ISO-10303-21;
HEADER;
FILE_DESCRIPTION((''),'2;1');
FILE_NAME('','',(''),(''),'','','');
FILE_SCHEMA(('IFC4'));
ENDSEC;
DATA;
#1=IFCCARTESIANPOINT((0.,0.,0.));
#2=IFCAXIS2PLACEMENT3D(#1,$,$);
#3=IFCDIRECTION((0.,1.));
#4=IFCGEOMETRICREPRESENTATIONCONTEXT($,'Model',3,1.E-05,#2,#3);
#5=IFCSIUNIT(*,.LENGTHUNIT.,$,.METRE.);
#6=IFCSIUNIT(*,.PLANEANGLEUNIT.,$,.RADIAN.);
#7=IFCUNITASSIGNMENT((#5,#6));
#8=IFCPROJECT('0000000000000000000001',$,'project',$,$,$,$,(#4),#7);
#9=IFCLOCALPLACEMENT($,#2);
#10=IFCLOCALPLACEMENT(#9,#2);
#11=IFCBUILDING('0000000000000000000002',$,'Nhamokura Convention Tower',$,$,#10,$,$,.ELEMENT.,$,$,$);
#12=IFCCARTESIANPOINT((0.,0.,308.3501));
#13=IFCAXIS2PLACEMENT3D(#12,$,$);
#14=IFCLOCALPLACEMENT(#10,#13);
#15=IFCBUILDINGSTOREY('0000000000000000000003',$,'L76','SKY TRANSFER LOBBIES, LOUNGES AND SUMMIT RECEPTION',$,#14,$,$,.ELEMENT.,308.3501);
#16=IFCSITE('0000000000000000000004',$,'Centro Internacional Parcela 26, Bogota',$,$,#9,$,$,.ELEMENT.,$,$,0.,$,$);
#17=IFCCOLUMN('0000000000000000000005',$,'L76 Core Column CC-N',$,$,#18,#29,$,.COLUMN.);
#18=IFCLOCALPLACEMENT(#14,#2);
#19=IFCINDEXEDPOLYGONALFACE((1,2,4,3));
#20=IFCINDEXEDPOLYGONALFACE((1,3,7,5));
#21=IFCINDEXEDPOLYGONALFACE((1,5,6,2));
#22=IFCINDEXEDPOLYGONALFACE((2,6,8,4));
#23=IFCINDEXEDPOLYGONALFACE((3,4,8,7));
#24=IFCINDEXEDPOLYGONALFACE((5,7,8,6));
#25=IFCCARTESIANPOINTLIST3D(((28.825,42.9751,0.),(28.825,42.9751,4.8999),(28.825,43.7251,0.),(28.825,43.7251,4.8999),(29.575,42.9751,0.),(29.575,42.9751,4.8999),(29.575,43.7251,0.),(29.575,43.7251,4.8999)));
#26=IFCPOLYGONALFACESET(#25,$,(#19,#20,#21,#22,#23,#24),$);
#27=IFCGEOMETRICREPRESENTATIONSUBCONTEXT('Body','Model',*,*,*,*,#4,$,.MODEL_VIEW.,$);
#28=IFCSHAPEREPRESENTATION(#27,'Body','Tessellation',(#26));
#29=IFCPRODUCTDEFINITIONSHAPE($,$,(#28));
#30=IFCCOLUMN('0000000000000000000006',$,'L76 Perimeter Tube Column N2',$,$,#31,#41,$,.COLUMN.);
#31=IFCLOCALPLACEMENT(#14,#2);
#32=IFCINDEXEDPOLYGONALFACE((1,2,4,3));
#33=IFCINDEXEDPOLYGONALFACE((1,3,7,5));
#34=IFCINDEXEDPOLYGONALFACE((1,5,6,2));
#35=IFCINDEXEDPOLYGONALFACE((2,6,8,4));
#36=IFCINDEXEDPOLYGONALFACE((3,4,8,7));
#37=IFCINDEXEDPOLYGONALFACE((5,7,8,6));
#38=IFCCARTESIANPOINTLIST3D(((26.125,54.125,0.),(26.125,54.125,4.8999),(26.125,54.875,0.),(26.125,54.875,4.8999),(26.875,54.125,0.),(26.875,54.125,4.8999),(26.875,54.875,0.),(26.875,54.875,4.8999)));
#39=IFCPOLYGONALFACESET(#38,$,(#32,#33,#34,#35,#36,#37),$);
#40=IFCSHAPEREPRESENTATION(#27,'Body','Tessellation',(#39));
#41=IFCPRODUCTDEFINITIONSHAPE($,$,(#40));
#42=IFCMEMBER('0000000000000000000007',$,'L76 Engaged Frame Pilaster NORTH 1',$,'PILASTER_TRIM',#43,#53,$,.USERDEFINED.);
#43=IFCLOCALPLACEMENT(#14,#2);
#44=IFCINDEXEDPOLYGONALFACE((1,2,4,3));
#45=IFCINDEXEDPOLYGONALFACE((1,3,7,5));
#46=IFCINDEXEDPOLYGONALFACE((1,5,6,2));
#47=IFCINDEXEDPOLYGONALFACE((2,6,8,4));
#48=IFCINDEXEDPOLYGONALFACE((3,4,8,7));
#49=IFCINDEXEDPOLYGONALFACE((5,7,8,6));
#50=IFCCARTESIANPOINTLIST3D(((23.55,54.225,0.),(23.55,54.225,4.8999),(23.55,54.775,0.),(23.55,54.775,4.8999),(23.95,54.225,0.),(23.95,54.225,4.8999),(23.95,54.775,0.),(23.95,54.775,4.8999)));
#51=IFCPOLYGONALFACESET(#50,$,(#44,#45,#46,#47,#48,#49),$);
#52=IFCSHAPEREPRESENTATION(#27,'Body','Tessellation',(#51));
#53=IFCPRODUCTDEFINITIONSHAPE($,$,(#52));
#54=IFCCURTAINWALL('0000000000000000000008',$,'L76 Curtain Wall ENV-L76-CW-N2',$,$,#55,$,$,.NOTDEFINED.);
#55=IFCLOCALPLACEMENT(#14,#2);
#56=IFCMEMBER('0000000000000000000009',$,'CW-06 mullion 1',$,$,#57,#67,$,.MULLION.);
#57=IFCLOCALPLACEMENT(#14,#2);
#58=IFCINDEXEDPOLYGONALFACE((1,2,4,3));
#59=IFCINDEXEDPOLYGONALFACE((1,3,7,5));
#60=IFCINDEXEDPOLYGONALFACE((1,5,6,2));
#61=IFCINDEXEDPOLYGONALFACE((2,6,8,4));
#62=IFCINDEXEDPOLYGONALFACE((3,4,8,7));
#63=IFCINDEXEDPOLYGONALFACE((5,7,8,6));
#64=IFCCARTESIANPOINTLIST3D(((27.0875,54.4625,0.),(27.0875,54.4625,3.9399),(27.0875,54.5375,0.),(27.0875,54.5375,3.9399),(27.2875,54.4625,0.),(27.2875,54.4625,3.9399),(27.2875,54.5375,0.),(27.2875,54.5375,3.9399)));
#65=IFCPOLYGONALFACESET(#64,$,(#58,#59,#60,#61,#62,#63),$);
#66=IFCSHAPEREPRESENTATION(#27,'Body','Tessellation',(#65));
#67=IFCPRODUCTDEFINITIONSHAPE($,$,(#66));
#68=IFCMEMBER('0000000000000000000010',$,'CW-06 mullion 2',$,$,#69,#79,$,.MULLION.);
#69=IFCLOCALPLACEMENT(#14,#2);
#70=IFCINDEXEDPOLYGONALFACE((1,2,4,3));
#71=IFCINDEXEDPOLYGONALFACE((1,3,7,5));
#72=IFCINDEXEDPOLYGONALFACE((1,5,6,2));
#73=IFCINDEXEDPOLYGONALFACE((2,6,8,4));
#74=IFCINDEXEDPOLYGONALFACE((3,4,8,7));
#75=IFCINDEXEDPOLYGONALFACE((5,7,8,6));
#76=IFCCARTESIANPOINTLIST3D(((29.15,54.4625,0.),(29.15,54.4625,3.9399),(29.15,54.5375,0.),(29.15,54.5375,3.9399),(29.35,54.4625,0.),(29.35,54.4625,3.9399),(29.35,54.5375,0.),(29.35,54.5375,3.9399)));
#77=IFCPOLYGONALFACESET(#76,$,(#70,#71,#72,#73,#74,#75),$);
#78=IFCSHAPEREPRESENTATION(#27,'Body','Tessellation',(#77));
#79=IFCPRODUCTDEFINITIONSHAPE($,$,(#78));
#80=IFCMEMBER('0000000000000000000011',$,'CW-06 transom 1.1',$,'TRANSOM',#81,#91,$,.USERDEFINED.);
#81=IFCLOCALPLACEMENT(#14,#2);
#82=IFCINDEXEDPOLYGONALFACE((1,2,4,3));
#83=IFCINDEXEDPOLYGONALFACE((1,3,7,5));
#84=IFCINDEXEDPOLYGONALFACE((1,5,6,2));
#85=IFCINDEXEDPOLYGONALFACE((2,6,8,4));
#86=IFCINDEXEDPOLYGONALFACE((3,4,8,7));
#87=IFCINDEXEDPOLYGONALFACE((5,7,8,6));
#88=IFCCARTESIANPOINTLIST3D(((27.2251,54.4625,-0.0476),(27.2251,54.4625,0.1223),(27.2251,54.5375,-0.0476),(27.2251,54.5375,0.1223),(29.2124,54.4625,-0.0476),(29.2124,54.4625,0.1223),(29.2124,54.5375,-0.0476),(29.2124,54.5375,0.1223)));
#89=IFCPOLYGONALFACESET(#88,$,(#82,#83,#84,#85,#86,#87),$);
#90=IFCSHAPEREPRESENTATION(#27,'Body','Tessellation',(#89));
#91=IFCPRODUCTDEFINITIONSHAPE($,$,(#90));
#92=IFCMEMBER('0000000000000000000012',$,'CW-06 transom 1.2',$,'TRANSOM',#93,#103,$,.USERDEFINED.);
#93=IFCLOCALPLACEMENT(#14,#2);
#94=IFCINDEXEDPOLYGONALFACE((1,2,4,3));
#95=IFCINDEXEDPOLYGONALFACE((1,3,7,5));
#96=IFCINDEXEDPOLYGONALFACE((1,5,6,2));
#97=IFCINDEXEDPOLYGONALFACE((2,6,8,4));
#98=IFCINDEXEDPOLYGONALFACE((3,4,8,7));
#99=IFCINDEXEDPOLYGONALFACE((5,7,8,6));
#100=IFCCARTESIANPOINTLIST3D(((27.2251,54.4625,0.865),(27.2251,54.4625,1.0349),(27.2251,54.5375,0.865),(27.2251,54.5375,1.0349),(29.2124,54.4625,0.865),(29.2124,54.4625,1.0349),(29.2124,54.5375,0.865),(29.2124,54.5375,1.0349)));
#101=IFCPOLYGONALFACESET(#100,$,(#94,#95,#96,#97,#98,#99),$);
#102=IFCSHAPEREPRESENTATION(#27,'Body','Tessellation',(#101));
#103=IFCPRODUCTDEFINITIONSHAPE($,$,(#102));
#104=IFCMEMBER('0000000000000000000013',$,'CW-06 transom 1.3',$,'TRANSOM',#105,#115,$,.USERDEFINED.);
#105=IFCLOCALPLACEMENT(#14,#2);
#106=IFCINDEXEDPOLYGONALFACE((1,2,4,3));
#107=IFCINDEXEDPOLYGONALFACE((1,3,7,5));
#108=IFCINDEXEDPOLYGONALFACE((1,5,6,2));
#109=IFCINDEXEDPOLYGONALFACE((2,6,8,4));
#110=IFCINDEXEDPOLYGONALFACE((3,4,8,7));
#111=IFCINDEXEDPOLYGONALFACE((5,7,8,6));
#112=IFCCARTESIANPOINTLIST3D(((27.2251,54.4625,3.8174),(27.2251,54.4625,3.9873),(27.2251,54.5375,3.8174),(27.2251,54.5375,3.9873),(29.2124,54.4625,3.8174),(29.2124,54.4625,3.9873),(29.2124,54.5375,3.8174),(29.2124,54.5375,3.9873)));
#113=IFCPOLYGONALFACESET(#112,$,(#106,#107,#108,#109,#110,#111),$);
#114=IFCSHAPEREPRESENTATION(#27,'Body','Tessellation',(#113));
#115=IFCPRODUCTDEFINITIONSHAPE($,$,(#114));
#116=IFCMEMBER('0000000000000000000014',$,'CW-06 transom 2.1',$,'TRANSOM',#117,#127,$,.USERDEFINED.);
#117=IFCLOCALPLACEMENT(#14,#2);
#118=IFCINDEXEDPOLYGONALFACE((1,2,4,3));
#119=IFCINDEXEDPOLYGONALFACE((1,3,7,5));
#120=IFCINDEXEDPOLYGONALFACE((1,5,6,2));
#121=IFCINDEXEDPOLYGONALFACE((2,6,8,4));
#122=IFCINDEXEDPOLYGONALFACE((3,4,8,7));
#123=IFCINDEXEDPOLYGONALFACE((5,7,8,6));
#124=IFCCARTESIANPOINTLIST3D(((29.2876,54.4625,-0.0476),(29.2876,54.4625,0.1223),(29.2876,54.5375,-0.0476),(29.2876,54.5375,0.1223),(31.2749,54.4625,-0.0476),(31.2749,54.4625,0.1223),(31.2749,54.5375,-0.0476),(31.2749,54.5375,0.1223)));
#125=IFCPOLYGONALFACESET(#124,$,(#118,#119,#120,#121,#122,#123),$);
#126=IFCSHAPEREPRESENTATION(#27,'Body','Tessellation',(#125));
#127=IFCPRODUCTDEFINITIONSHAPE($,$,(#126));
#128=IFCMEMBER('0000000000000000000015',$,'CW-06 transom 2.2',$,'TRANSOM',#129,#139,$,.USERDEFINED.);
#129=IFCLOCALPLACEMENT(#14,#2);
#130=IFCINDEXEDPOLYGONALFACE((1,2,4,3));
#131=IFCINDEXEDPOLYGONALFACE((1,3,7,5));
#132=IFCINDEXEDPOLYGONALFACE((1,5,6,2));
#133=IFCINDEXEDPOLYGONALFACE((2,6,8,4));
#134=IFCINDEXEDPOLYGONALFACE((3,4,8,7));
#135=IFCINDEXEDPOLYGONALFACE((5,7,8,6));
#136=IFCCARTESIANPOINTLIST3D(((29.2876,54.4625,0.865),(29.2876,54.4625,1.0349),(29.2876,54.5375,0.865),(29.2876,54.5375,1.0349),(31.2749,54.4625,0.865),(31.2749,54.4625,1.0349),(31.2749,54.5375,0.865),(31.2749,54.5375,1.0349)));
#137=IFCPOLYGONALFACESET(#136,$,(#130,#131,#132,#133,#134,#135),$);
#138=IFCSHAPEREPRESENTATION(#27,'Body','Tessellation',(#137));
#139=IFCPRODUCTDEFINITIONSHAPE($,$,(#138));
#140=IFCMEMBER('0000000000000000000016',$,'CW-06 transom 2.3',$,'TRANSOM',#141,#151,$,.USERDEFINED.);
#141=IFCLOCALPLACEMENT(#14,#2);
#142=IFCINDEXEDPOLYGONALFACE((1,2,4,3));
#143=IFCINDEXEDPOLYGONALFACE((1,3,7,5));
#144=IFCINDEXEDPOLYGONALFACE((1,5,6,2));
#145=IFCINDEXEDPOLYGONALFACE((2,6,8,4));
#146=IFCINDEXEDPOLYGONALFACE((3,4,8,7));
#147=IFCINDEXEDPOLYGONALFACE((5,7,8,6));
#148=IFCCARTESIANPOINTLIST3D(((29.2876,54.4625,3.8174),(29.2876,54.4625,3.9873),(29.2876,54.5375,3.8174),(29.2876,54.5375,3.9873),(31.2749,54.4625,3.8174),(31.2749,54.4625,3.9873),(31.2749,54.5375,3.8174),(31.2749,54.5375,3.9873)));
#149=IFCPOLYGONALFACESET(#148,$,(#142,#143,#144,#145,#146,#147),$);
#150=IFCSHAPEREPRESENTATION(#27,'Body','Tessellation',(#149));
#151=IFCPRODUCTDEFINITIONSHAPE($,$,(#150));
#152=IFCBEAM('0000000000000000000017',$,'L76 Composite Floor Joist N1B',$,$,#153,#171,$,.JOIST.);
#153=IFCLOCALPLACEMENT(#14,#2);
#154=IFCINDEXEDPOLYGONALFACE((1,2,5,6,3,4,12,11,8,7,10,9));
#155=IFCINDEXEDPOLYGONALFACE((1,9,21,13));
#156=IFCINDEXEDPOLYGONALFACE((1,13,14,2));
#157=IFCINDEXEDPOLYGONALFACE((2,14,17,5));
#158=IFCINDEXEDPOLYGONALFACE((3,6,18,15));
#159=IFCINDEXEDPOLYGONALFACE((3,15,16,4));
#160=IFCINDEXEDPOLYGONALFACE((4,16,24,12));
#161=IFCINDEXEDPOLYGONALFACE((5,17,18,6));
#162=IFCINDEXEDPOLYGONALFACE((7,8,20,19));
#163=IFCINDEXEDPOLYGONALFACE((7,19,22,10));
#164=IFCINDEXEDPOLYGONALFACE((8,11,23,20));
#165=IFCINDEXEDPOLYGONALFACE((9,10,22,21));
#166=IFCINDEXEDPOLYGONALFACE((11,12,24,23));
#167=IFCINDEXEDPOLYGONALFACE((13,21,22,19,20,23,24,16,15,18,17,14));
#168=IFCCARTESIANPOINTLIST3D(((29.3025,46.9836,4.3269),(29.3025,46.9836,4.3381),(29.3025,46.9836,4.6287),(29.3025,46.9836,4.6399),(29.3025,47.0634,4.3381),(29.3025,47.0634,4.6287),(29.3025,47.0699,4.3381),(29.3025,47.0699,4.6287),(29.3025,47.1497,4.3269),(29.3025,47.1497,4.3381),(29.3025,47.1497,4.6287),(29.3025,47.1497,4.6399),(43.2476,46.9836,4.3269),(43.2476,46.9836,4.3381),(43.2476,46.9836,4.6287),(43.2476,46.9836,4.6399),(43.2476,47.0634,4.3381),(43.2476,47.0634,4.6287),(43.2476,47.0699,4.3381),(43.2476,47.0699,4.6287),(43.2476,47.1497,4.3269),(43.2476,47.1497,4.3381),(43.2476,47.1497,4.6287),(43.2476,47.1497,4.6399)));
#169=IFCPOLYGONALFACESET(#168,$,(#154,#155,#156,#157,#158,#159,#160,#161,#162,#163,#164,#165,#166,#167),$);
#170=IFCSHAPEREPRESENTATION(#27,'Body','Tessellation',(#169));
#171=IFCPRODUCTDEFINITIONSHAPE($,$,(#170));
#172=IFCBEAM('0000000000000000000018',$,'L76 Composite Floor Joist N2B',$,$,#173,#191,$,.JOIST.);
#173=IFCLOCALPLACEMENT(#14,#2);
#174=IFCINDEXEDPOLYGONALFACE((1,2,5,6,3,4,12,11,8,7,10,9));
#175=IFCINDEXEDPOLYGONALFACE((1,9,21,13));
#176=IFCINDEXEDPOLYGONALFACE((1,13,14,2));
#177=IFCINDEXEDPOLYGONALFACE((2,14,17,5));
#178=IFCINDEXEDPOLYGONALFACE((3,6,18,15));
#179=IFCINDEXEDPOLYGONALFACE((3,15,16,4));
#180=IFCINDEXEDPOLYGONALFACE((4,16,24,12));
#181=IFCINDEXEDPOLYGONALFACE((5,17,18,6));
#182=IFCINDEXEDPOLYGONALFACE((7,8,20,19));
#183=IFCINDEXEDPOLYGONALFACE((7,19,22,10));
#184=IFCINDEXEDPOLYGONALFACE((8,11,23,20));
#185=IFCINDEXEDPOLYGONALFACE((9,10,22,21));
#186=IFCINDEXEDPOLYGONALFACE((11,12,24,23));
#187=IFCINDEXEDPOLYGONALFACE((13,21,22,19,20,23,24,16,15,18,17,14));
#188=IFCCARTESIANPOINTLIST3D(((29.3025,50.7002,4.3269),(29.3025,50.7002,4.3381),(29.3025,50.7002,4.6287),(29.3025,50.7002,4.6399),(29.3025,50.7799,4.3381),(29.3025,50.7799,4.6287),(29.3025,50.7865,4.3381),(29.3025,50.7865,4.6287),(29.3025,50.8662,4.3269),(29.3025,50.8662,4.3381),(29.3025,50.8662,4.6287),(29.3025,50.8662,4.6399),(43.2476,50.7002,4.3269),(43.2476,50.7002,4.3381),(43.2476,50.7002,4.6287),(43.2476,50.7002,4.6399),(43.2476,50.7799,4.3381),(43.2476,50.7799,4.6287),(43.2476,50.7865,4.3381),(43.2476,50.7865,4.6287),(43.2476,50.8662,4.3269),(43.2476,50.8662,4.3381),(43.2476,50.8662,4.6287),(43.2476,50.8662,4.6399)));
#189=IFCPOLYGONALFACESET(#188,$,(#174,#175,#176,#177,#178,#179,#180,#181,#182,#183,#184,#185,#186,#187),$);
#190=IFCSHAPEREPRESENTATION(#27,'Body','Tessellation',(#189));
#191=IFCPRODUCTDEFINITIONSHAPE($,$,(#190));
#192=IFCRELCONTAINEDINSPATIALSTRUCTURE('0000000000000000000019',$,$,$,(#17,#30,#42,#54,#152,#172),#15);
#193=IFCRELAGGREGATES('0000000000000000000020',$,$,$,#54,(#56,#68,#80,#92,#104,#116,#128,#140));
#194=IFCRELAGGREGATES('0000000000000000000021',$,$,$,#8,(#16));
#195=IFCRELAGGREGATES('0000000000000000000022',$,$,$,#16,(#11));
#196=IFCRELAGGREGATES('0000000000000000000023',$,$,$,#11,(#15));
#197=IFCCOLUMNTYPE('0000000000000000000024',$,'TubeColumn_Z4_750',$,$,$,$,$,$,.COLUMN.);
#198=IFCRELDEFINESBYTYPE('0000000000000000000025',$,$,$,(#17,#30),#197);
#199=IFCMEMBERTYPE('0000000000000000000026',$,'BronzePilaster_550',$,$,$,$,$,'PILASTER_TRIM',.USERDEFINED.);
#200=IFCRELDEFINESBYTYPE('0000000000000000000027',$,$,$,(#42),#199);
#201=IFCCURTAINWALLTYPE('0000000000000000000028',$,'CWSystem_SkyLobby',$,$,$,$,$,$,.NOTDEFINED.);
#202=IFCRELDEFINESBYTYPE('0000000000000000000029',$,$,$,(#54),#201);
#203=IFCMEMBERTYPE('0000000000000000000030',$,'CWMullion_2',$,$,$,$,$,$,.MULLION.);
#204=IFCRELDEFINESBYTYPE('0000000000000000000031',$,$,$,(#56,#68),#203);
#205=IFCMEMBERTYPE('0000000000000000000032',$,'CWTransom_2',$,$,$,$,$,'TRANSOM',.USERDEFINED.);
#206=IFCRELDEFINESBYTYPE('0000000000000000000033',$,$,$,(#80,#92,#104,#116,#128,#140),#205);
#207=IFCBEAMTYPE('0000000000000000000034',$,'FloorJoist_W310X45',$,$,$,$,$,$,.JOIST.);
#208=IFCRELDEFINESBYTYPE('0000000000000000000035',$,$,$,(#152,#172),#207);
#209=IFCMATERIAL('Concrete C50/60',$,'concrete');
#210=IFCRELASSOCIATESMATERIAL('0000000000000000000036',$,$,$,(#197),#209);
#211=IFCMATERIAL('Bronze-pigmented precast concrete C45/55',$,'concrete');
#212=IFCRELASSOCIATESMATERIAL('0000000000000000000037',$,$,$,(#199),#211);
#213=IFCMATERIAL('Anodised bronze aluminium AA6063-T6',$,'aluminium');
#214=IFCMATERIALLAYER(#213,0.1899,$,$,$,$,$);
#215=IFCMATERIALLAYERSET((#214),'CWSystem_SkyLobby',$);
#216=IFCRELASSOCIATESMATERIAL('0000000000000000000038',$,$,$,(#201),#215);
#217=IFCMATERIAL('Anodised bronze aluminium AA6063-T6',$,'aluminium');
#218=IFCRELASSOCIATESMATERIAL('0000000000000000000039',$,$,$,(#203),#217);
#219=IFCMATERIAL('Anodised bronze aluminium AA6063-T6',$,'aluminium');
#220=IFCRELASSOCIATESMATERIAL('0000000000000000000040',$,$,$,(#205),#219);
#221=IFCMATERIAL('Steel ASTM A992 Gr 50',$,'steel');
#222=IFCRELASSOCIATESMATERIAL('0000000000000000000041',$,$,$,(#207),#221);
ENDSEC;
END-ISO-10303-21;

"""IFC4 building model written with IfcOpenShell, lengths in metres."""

from ifc_helpers import new_model, si_unit, direction, frame, origin, origin_2d, place, context, subcontext, project, spatial, rectangle, i_section, extrude, material, layer, layer_set, material_profile, profile_set, type_object, element, aggregate, save


model = new_model("IFC4")

# Units and contexts
model_context = context("Model", 3, precision=1e-05, world=origin(), true_north=direction((0.0, 1.0)))
body_context = subcontext(model_context, "Body", "Model", "MODEL_VIEW")
ifc_project = project(units=[si_unit("LENGTHUNIT", "METRE"), si_unit("PLANEANGLEUNIT", "RADIAN")], contexts=[model_context])

# Site, building, storey
site_placement = place(None, origin())
site = spatial("IfcSite", under=ifc_project, at=site_placement, Name="Centro Internacional Parcela 26, Bogota", CompositionType="ELEMENT", RefElevation=0.0)
building_placement = place(site_placement, origin())
building = spatial("IfcBuilding", under=site, at=building_placement, Name="Nhamokura Convention Tower", CompositionType="ELEMENT")
storey_placement = place(building_placement, frame((0.0, 0.0, 308.3501)))
storey = spatial("IfcBuildingStorey", under=building, at=storey_placement, Name="L76", Description="SKY TRANSFER LOBBIES, LOUNGES AND SUMMIT RECEPTION", CompositionType="ELEMENT", Elevation=308.3501)

# Columns
ifc_material_1 = material(Name="Concrete C50/60", Category="concrete")
ifc_material_profile_1 = material_profile(ifc_material_1, rectangle(XDim=0.75, YDim=0.75, at=origin_2d()))
ifc_profile_set_1 = profile_set([ifc_material_profile_1], Name="Concrete C50/60")
column_type = type_object("IfcColumnType", Name="TubeColumn_Z4_750", PredefinedType="COLUMN", material=ifc_profile_set_1)
for number, where, z_axis, x_axis, name in (
    (1, (29.2, 43.3501, 0.0), (0.0, 0.0, 1.0), (1.0, 0.0, 0.0), "L76 Core Column CC-N"),
    (2, (26.5, 54.5, 0.0), (0.0, 0.0, 1.0), (1.0, 0.0, 0.0), "L76 Perimeter Tube Column N2"),
):
    element("IfcColumn", number, at=place(storey_placement, frame(where, z_axis=z_axis, x_axis=x_axis)), inside=storey, type_object=column_type, Name=name, PredefinedType="COLUMN", context=body_context, shape_type="SweptSolid", body=[
        extrude(rectangle(XDim=0.75, YDim=0.75, at=origin_2d()), origin(), (0.0, 0.0, 1.0), 4.8999),
    ])

# Member
ifc_material_2 = material(Name="Bronze-pigmented precast concrete C45/55", Category="concrete")
ifc_material_profile_2 = material_profile(ifc_material_2, rectangle(XDim=0.3999, YDim=0.55, at=origin_2d()))
ifc_profile_set_2 = profile_set([ifc_material_profile_2], Name="Bronze-pigmented precast concrete C45/55")
member_type_1 = type_object("IfcMemberType", Name="BronzePilaster_550", ElementType="PILASTER_TRIM", PredefinedType="USERDEFINED", material=ifc_profile_set_2)
member_1_placement = place(storey_placement, frame((23.75, 54.5, 0.0), z_axis=(0.0, 0.0, 1.0), x_axis=(1.0, 0.0, 0.0)))
element("IfcMember", 3, at=member_1_placement, inside=storey, type_object=member_type_1, Name="L76 Engaged Frame Pilaster NORTH 1", ObjectType="PILASTER_TRIM", PredefinedType="USERDEFINED", context=body_context, shape_type="SweptSolid", body=[
    extrude(rectangle(XDim=0.3999, YDim=0.55, at=origin_2d()), origin(), (0.0, 0.0, 1.0), 4.8999),
])

# Curtain wall, members
ifc_material_3 = material(Name="Anodised bronze aluminium AA6063-T6", Category="aluminium")
ifc_layer_1 = layer(ifc_material_3, 0.1899)
ifc_layer_set_1 = layer_set([ifc_layer_1], Name="CWSystem_SkyLobby")
curtain_wall_type = type_object("IfcCurtainWallType", Name="CWSystem_SkyLobby", PredefinedType="NOTDEFINED", material=ifc_layer_set_1)
curtain_wall_placement = place(storey_placement, origin())
curtain_wall = element("IfcCurtainWall", 4, at=curtain_wall_placement, inside=storey, type_object=curtain_wall_type, Name="L76 Curtain Wall ENV-L76-CW-N2", PredefinedType="NOTDEFINED")
ifc_material_4 = material(Name="Anodised bronze aluminium AA6063-T6", Category="aluminium")
ifc_material_profile_3 = material_profile(ifc_material_4, rectangle(XDim=0.075, YDim=0.2, at=origin_2d()))
ifc_profile_set_3 = profile_set([ifc_material_profile_3], Name="Anodised bronze aluminium AA6063-T6")
member_type_2 = type_object("IfcMemberType", Name="CWMullion_2", PredefinedType="MULLION", material=ifc_profile_set_3)
member_2_placement = place(storey_placement, frame((27.1875, 54.5, 0.0), z_axis=(0.0, 0.0, 1.0), x_axis=(0.0, 1.0, 0.0)))
member_2 = element("IfcMember", 5, at=member_2_placement, type_object=member_type_2, Name="CW-06 mullion 1", PredefinedType="MULLION", context=body_context, shape_type="SweptSolid", body=[
    extrude(rectangle(XDim=0.075, YDim=0.2, at=origin_2d()), origin(), (0.0, 0.0, 1.0), 3.9399),
])
member_3_placement = place(storey_placement, frame((29.25, 54.5, 0.0), z_axis=(0.0, 0.0, 1.0), x_axis=(0.0, 1.0, 0.0)))
member_3 = element("IfcMember", 6, at=member_3_placement, type_object=member_type_2, Name="CW-06 mullion 2", PredefinedType="MULLION", context=body_context, shape_type="SweptSolid", body=[
    extrude(rectangle(XDim=0.075, YDim=0.2, at=origin_2d()), origin(), (0.0, 0.0, 1.0), 3.9399),
])
ifc_material_5 = material(Name="Anodised bronze aluminium AA6063-T6", Category="aluminium")
ifc_material_profile_4 = material_profile(ifc_material_5, rectangle(XDim=0.075, YDim=0.1699, at=origin_2d()))
ifc_profile_set_4 = profile_set([ifc_material_profile_4], Name="Anodised bronze aluminium AA6063-T6")
member_type_3 = type_object("IfcMemberType", Name="CWTransom_2", ElementType="TRANSOM", PredefinedType="USERDEFINED", material=ifc_profile_set_4)
member_4_placement = place(storey_placement, frame((27.2251, 54.5, 0.0374), z_axis=(1.0, 0.0, 0.0), x_axis=(0.0, 1.0, 0.0)))
member_4 = element("IfcMember", 7, at=member_4_placement, type_object=member_type_3, Name="CW-06 transom 1.1", ObjectType="TRANSOM", PredefinedType="USERDEFINED", context=body_context, shape_type="SweptSolid", body=[
    extrude(rectangle(XDim=0.075, YDim=0.1699, at=origin_2d()), origin(), (0.0, 0.0, 1.0), 1.9873),
])
member_5_placement = place(storey_placement, frame((27.2251, 54.5, 0.95), z_axis=(1.0, 0.0, 0.0), x_axis=(0.0, 1.0, 0.0)))
member_5 = element("IfcMember", 8, at=member_5_placement, type_object=member_type_3, Name="CW-06 transom 1.2", ObjectType="TRANSOM", PredefinedType="USERDEFINED", context=body_context, shape_type="SweptSolid", body=[
    extrude(rectangle(XDim=0.075, YDim=0.1699, at=origin_2d()), origin(), (0.0, 0.0, 1.0), 1.9873),
])
member_6_placement = place(storey_placement, frame((27.2251, 54.5, 3.9023), z_axis=(1.0, 0.0, 0.0), x_axis=(0.0, 1.0, 0.0)))
member_6 = element("IfcMember", 9, at=member_6_placement, type_object=member_type_3, Name="CW-06 transom 1.3", ObjectType="TRANSOM", PredefinedType="USERDEFINED", context=body_context, shape_type="SweptSolid", body=[
    extrude(rectangle(XDim=0.075, YDim=0.1699, at=origin_2d()), origin(), (0.0, 0.0, 1.0), 1.9873),
])
member_7_placement = place(storey_placement, frame((29.2876, 54.5, 0.0374), z_axis=(1.0, 0.0, 0.0), x_axis=(0.0, 1.0, 0.0)))
member_7 = element("IfcMember", 10, at=member_7_placement, type_object=member_type_3, Name="CW-06 transom 2.1", ObjectType="TRANSOM", PredefinedType="USERDEFINED", context=body_context, shape_type="SweptSolid", body=[
    extrude(rectangle(XDim=0.075, YDim=0.1699, at=origin_2d()), origin(), (0.0, 0.0, 1.0), 1.9873),
])
member_8_placement = place(storey_placement, frame((29.2876, 54.5, 0.95), z_axis=(1.0, 0.0, 0.0), x_axis=(0.0, 1.0, 0.0)))
member_8 = element("IfcMember", 11, at=member_8_placement, type_object=member_type_3, Name="CW-06 transom 2.2", ObjectType="TRANSOM", PredefinedType="USERDEFINED", context=body_context, shape_type="SweptSolid", body=[
    extrude(rectangle(XDim=0.075, YDim=0.1699, at=origin_2d()), origin(), (0.0, 0.0, 1.0), 1.9873),
])
member_9_placement = place(storey_placement, frame((29.2876, 54.5, 3.9023), z_axis=(1.0, 0.0, 0.0), x_axis=(0.0, 1.0, 0.0)))
member_9 = element("IfcMember", 12, at=member_9_placement, type_object=member_type_3, Name="CW-06 transom 2.3", ObjectType="TRANSOM", PredefinedType="USERDEFINED", context=body_context, shape_type="SweptSolid", body=[
    extrude(rectangle(XDim=0.075, YDim=0.1699, at=origin_2d()), origin(), (0.0, 0.0, 1.0), 1.9873),
])

# Beams
ifc_material_6 = material(Name="Steel ASTM A992 Gr 50", Category="steel")
ifc_material_profile_5 = material_profile(ifc_material_6, i_section(OverallWidth=0.166, OverallDepth=0.313, WebThickness=0.0066, FlangeThickness=0.0112, at=origin_2d()))
ifc_profile_set_5 = profile_set([ifc_material_profile_5], Name="Steel ASTM A992 Gr 50")
beam_type_1 = type_object("IfcBeamType", Name="FloorJoist_W310X45", PredefinedType="JOIST", material=ifc_profile_set_5)
for number, where, z_axis, x_axis, name in (
    (13, (29.3025, 47.0667, 4.4834), (1.0, 0.0, 0.0), (0.0, 1.0, 0.0), "L76 Composite Floor Joist N1B"),
    (14, (29.3025, 50.7832, 4.4834), (1.0, 0.0, 0.0), (0.0, 1.0, 0.0), "L76 Composite Floor Joist N2B"),
):
    element("IfcBeam", number, at=place(storey_placement, frame(where, z_axis=z_axis, x_axis=x_axis)), inside=storey, type_object=beam_type_1, Name=name, PredefinedType="JOIST", context=body_context, shape_type="SweptSolid", body=[
        extrude(i_section(OverallWidth=0.166, OverallDepth=0.313, WebThickness=0.0066, FlangeThickness=0.0112, at=origin_2d()), origin(), (0.0, 0.0, 1.0), 13.9451),
    ])

aggregate(curtain_wall, [member_2, member_3, member_4, member_5, member_6, member_7, member_8, member_9])

save(model, "model.ifc")
